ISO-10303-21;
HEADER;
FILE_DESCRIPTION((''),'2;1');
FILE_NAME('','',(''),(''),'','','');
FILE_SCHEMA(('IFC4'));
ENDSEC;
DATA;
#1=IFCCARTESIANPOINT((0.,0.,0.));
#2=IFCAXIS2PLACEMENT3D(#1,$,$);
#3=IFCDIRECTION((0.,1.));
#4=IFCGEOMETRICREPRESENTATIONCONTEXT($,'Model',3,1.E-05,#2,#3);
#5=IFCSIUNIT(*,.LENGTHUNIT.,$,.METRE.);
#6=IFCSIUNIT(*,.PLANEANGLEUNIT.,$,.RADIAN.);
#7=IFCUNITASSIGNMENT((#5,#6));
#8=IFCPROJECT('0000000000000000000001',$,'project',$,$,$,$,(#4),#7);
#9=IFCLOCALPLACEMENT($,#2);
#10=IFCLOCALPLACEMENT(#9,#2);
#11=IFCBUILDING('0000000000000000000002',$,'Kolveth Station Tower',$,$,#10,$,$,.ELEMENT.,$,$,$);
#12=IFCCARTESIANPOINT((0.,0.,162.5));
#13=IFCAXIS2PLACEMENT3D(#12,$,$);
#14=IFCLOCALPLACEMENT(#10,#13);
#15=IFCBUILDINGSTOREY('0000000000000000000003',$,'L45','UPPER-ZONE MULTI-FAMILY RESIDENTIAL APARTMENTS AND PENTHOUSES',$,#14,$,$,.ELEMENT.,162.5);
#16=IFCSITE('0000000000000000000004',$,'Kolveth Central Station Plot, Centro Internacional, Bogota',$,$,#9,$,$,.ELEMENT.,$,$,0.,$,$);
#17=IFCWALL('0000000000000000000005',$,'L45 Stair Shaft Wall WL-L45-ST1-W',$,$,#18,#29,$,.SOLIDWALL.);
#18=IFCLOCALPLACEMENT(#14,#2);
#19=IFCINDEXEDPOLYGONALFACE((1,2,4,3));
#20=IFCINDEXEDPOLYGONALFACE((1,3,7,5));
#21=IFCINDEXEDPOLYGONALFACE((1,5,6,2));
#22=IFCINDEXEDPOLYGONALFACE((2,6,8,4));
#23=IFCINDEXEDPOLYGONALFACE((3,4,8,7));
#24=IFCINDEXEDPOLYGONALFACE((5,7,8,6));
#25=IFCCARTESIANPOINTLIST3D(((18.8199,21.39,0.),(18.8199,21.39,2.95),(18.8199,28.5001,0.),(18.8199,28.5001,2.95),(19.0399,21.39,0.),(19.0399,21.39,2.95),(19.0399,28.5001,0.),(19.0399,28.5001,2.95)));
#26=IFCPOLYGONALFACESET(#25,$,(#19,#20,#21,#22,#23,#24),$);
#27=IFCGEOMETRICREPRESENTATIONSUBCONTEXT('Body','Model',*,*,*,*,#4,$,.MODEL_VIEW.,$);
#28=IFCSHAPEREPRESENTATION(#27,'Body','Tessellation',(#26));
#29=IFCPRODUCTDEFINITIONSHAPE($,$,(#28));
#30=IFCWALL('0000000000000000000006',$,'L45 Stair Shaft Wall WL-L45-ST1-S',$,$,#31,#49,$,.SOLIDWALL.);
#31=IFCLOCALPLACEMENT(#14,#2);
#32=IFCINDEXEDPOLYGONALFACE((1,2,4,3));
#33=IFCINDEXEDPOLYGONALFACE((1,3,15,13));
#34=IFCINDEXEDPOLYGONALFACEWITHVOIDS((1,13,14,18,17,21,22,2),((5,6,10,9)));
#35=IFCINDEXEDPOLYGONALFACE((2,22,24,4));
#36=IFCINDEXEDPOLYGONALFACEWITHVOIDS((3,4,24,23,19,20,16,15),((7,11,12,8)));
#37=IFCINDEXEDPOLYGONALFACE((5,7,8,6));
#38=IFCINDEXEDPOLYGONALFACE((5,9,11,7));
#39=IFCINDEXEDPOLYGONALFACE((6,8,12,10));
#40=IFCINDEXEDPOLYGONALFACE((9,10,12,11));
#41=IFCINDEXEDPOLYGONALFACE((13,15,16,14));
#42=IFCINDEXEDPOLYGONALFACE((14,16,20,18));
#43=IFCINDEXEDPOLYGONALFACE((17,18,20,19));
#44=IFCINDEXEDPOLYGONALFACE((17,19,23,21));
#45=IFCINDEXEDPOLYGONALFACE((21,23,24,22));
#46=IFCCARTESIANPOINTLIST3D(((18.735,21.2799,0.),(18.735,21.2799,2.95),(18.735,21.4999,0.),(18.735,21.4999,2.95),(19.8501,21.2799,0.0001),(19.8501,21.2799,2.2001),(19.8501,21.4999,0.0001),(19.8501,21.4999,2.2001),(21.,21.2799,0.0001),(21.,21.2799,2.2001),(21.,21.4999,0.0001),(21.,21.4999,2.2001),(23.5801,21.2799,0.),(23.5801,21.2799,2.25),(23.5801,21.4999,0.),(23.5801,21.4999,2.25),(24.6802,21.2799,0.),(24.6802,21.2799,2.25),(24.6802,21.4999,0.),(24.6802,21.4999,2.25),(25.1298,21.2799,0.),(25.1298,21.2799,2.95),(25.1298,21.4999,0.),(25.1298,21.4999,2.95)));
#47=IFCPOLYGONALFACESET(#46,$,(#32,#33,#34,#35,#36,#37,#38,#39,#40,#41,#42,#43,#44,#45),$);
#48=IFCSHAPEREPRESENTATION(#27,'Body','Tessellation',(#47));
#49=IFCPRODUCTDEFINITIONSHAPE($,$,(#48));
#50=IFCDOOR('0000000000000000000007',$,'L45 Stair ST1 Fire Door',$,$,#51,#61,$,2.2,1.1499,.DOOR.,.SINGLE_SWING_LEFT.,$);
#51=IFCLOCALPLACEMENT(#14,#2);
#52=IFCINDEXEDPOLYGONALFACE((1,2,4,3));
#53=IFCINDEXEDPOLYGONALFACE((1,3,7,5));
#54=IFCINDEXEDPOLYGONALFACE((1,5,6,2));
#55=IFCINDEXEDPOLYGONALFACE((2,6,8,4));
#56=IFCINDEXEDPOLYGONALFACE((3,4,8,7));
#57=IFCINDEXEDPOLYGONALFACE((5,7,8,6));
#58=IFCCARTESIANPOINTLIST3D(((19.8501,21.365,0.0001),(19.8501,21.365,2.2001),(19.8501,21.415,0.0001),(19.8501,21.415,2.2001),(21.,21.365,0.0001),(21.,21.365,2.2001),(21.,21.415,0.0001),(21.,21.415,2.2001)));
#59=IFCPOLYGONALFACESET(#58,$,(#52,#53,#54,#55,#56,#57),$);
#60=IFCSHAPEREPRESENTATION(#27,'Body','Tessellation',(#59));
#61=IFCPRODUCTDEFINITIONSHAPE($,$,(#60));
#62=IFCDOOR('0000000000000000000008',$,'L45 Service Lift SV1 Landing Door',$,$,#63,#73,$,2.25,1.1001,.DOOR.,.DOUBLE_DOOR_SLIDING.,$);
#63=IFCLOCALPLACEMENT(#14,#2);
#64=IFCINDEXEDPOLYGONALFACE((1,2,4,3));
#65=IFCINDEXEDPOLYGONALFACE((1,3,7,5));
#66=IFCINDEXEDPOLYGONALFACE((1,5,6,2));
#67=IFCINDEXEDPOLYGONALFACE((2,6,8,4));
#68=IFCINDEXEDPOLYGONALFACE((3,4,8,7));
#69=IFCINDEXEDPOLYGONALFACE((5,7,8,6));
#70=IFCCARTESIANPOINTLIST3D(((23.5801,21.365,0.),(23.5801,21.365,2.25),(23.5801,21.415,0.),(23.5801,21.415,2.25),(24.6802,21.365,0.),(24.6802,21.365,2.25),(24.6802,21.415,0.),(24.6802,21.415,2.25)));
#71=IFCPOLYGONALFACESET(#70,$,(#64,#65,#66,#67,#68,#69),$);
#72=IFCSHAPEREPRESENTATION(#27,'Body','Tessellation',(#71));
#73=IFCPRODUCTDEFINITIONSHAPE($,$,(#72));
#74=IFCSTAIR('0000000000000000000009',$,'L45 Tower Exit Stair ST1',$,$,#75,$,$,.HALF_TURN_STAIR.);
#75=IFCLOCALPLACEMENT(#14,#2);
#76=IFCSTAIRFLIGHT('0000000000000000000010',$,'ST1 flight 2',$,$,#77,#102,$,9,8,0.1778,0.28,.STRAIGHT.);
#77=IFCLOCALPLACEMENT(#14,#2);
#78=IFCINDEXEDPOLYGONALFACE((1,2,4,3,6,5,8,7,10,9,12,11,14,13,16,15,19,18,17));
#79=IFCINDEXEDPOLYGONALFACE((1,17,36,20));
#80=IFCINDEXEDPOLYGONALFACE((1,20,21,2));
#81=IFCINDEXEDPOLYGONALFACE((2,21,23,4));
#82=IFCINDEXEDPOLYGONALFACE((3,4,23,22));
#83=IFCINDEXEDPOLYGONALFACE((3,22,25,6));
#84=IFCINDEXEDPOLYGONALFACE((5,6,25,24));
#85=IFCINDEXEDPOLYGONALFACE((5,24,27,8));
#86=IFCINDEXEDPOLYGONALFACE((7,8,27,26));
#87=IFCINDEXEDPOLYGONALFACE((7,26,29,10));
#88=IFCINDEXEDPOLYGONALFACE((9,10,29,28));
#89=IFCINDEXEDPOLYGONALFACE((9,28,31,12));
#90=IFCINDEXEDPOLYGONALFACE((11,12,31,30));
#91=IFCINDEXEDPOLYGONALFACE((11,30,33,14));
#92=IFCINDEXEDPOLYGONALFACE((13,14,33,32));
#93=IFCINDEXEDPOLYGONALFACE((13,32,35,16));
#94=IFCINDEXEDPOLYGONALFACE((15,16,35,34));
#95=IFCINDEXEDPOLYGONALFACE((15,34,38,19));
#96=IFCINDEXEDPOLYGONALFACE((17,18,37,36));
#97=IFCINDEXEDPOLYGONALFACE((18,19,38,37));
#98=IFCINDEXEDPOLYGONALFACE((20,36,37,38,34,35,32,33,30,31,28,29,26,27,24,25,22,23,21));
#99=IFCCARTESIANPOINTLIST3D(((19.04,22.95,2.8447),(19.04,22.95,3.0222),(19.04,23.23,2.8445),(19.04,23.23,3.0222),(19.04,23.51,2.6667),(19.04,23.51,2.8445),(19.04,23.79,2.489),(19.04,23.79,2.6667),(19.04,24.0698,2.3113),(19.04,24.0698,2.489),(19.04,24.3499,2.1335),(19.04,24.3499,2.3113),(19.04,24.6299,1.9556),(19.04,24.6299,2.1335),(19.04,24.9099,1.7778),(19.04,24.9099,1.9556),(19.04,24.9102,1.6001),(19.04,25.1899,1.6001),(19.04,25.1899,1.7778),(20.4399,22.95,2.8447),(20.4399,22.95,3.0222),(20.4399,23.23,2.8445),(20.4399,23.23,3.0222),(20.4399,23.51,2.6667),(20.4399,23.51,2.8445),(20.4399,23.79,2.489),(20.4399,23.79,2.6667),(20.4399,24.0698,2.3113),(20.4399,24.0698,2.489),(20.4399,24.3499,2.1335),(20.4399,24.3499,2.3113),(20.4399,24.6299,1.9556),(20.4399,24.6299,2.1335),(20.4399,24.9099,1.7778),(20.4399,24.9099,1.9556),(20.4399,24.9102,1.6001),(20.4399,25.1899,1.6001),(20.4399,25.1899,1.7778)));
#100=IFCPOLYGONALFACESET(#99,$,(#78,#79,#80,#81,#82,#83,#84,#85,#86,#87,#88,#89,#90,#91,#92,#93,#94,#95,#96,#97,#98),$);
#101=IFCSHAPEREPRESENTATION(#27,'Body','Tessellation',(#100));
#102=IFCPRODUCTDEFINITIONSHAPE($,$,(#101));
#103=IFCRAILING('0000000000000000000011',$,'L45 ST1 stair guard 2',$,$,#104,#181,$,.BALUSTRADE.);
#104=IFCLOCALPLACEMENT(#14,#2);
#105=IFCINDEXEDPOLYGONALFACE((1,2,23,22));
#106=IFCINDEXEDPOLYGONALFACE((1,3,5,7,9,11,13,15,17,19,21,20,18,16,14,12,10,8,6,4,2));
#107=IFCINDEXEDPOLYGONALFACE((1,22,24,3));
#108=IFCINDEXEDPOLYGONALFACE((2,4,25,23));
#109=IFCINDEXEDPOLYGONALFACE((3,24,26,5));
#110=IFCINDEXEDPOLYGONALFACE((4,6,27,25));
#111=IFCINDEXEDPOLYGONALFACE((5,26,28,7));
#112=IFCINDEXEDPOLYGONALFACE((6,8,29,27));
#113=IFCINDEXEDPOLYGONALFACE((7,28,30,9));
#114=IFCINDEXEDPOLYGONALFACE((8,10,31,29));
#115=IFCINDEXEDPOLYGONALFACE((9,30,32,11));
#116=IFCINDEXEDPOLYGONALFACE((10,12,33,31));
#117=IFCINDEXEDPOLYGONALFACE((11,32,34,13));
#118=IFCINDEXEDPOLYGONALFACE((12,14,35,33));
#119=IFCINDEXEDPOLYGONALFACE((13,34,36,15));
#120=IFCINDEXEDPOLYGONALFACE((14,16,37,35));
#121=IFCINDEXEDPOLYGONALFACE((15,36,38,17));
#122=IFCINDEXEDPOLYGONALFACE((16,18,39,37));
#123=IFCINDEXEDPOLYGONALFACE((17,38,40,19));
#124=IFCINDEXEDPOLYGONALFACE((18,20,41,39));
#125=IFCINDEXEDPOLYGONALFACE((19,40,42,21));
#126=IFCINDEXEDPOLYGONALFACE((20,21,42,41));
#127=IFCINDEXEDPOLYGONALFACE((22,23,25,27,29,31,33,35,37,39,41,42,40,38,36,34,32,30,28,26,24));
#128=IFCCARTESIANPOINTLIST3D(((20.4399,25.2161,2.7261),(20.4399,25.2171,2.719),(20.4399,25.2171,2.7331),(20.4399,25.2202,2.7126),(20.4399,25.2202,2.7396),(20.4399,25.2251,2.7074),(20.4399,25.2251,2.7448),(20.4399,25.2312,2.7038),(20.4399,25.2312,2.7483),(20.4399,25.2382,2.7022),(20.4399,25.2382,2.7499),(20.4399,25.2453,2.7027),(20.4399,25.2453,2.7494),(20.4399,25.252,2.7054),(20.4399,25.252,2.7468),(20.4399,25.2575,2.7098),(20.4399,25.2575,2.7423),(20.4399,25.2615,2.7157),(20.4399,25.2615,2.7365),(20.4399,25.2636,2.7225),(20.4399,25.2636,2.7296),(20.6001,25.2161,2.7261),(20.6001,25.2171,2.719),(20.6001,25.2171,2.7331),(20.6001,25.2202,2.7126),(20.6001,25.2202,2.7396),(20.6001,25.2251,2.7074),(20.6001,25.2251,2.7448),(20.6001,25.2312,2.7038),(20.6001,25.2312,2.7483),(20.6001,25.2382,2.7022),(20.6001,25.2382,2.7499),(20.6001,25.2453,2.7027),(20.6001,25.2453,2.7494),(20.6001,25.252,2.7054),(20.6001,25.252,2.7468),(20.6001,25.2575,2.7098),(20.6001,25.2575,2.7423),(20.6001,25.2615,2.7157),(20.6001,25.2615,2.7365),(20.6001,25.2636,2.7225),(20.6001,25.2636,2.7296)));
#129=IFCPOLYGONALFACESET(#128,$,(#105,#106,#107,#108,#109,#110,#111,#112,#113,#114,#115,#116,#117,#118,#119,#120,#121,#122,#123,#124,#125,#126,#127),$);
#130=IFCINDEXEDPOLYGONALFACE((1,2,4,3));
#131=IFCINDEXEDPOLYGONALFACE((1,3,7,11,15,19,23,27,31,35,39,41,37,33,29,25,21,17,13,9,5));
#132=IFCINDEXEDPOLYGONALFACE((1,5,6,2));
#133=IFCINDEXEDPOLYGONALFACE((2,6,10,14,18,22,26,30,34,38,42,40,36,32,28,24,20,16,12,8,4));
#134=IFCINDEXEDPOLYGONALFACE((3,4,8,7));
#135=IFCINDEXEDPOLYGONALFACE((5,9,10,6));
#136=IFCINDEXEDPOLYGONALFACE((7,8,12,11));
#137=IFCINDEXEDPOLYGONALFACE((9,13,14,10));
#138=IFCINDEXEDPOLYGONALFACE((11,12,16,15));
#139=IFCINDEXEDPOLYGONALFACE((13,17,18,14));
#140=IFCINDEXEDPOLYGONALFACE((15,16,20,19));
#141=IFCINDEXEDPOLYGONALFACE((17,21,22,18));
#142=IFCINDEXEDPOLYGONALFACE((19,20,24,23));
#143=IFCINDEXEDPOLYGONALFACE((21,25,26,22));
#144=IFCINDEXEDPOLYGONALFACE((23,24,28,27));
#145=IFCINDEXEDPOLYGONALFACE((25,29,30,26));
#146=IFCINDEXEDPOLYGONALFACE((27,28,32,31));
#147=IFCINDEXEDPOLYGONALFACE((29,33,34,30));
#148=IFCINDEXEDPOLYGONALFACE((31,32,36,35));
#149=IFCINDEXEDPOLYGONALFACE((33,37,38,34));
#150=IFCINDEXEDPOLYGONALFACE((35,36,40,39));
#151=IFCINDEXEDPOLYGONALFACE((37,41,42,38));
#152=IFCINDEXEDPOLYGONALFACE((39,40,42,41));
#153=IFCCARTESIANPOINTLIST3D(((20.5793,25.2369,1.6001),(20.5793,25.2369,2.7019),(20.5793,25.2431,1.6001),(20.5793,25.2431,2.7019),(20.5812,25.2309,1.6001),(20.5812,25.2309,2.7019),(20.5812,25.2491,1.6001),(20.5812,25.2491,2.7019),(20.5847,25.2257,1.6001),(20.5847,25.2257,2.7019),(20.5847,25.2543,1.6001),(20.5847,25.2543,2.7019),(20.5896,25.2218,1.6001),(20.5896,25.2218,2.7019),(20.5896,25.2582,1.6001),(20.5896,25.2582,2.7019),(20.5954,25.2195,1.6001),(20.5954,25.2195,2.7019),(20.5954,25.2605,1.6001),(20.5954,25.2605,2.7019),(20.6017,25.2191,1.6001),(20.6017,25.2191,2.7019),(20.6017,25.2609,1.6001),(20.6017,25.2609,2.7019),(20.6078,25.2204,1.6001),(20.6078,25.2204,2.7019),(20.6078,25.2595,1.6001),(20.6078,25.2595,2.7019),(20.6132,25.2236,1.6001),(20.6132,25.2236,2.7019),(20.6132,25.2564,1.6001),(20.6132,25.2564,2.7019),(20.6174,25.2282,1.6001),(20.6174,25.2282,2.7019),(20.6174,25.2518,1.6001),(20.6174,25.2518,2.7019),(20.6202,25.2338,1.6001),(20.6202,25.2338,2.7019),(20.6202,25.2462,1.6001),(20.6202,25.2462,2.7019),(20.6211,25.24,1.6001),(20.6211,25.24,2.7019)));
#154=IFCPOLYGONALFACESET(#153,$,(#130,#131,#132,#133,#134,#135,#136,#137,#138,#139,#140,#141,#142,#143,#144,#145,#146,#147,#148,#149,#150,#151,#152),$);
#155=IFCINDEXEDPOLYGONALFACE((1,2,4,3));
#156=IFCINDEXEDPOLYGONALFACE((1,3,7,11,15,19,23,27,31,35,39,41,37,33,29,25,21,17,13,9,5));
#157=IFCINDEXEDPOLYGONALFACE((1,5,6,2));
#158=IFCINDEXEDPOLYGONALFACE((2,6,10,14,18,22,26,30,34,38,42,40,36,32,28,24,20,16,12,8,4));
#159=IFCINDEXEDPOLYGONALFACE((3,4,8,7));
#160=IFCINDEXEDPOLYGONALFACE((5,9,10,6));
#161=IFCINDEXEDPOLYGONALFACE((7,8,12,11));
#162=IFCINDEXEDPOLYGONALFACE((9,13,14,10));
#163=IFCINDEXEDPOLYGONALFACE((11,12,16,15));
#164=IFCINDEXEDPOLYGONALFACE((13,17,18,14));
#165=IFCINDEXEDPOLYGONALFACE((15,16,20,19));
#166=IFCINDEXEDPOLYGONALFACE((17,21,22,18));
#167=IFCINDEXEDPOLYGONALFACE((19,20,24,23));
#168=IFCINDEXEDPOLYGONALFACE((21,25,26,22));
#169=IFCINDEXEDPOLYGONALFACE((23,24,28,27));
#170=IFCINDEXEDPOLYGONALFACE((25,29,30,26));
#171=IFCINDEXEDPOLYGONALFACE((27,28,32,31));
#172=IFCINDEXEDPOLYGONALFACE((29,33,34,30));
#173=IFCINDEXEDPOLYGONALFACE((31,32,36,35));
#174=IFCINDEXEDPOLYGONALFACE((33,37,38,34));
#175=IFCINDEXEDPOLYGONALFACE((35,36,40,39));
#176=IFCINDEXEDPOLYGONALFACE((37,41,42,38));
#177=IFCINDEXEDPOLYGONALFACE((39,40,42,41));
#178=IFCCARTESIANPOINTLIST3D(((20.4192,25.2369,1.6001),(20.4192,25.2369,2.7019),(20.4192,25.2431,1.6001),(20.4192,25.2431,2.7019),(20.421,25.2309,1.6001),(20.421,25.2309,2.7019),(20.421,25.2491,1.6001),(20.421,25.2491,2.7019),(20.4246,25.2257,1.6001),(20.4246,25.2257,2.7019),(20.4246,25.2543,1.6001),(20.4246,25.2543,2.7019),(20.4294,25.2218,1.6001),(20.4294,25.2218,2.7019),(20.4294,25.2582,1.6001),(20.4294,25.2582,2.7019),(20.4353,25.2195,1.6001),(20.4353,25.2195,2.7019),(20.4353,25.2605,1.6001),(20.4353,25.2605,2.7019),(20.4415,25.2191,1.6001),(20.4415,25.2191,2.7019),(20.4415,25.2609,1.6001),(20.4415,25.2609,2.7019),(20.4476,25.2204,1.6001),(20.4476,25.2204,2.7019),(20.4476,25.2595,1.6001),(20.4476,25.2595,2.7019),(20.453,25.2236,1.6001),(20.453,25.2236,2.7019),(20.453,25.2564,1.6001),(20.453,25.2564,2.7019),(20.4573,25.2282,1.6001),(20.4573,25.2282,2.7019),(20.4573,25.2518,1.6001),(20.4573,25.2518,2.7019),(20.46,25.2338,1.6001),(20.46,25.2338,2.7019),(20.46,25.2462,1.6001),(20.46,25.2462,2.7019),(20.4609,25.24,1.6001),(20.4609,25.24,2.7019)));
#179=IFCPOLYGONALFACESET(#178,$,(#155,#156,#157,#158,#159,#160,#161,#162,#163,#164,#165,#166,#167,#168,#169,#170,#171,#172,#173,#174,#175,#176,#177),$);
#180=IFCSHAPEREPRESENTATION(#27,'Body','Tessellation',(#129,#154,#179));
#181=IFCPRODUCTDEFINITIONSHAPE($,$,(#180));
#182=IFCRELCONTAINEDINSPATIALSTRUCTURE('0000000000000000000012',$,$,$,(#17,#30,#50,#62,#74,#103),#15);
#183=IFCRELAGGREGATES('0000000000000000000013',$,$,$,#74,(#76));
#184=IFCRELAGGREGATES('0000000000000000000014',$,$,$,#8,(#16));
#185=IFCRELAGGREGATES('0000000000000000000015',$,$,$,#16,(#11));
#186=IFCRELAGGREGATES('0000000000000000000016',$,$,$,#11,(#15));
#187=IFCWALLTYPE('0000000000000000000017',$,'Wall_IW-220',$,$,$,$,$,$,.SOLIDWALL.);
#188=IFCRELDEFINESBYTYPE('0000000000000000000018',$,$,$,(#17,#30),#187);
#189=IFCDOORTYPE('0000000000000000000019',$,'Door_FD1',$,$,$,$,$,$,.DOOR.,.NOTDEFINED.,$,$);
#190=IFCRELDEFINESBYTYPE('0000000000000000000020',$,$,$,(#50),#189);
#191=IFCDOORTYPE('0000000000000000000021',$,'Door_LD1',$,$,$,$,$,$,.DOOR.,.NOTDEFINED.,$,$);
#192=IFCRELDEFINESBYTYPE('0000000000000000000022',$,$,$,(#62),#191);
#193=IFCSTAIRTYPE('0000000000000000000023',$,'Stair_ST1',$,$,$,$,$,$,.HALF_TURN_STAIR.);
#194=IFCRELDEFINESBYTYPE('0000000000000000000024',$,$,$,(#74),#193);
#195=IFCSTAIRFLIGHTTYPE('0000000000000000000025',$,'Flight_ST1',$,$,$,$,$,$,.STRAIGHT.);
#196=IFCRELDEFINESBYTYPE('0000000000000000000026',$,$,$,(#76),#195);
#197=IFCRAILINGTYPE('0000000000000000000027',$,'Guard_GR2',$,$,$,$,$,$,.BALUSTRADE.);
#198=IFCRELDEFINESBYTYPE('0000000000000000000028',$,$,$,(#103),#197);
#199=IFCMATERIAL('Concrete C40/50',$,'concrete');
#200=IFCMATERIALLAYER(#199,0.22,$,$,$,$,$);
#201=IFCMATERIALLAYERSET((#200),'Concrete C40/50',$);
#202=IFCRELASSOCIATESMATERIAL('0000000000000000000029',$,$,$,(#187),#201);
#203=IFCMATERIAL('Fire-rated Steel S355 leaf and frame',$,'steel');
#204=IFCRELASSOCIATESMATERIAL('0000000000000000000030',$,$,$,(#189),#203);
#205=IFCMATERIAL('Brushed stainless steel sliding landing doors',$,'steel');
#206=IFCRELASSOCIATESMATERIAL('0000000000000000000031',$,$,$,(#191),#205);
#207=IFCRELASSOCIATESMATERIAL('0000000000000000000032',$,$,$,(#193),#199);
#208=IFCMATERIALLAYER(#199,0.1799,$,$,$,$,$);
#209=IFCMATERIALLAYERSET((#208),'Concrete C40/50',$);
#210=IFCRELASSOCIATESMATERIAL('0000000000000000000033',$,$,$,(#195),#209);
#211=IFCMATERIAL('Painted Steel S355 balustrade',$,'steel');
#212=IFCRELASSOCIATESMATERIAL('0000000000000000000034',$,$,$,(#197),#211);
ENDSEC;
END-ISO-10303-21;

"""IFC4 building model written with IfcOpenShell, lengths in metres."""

from ifc_helpers import new_model, si_unit, direction, frame, frame_2d, origin, origin_2d, place, context, subcontext, project, spatial, polyline, rectangle, circle, outline, extrude, material, layer, layer_set, type_object, element, fill, aggregate, save


model = new_model("IFC4")

# Units and contexts
model_context = context("Model", 3, precision=1e-05, world=origin(), true_north=direction((0.0, 1.0)))
body_context = subcontext(model_context, "Body", "Model", "MODEL_VIEW")
ifc_project = project(units=[si_unit("LENGTHUNIT", "METRE"), si_unit("PLANEANGLEUNIT", "RADIAN")], contexts=[model_context])

# Site, building, storey
site_placement = place(None, origin())
site = spatial("IfcSite", under=ifc_project, at=site_placement, Name="Kolveth Central Station Plot, Centro Internacional, Bogota", CompositionType="ELEMENT", RefElevation=0.0)
building_placement = place(site_placement, origin())
building = spatial("IfcBuilding", under=site, at=building_placement, Name="Kolveth Station Tower", CompositionType="ELEMENT")
storey_placement = place(building_placement, frame((0.0, 0.0, 162.5)))
storey = spatial("IfcBuildingStorey", under=building, at=storey_placement, Name="L45", Description="UPPER-ZONE MULTI-FAMILY RESIDENTIAL APARTMENTS AND PENTHOUSES", CompositionType="ELEMENT", Elevation=162.5)

# Wall
ifc_material_1 = material(Name="Concrete C40/50", Category="concrete")
ifc_layer_1 = layer(ifc_material_1, 0.22)
ifc_layer_set_1 = layer_set([ifc_layer_1], Name="Concrete C40/50")
wall_type_1 = type_object("IfcWallType", Name="Wall_IW-220", PredefinedType="SOLIDWALL", material=ifc_layer_set_1)
wall_1_placement = place(storey_placement, frame((18.9299, 21.3899, 0.0), z_axis=(0.0, 0.0, 1.0), x_axis=(0.0, 1.0, 0.0)))
element("IfcWall", 1, at=wall_1_placement, inside=storey, type_object=wall_type_1, Name="L45 Stair Shaft Wall WL-L45-ST1-W", PredefinedType="SOLIDWALL", context=body_context, shape_type="SweptSolid", body=[
    extrude(rectangle(XDim=7.1101, YDim=0.22, at=frame_2d((3.5552, 0.0))), origin(), (0.0, 0.0, 1.0), 2.95),
])

# Wall, openings, doors
wall_2_placement = place(storey_placement, frame((18.7351, 21.3899, 0.0), z_axis=(0.0, 0.0, 1.0), x_axis=(1.0, 0.0, 0.0)))
wall_2 = element("IfcWall", 2, at=wall_2_placement, inside=storey, type_object=wall_type_1, Name="L45 Stair Shaft Wall WL-L45-ST1-S", PredefinedType="SOLIDWALL", context=body_context, shape_type="SweptSolid", body=[
    extrude(rectangle(XDim=6.3948, YDim=0.22, at=frame_2d((3.1973, 0.0))), origin(), (0.0, 0.0, 1.0), 2.95),
])
opening_1_placement = place(wall_2_placement, frame((1.115, 0.0, 0.0)))
opening_1 = element("IfcOpeningElement", 3, at=opening_1_placement, cuts=wall_2, PredefinedType="OPENING", context=body_context, shape_type="SweptSolid", body=[
    extrude(rectangle(XDim=1.1499, YDim=2.2, at=frame_2d((0.575, 1.1001))), frame((0.0, 0.1199, 0.0), z_axis=(0.0, -1.0, 0.0), x_axis=(1.0, 0.0, 0.0)), (0.0, 0.0, 1.0), 0.24),
])
opening_2_placement = place(wall_2_placement, frame((4.845, 0.0, 0.0)))
opening_2 = element("IfcOpeningElement", 4, at=opening_2_placement, cuts=wall_2, PredefinedType="OPENING", context=body_context, shape_type="SweptSolid", body=[
    extrude(rectangle(XDim=1.1001, YDim=2.25, at=frame_2d((0.55, 1.125))), frame((0.0, 0.1199, 0.0), z_axis=(0.0, -1.0, 0.0), x_axis=(1.0, 0.0, 0.0)), (0.0, 0.0, 1.0), 0.24),
])
ifc_material_2 = material(Name="Fire-rated Steel S355 leaf and frame", Category="steel")
door_type_1 = type_object("IfcDoorType", Name="Door_FD1", OperationType="NOTDEFINED", PredefinedType="DOOR", material=ifc_material_2)
door_1_placement = place(opening_1_placement, frame((1.1499, 0.0, 0.0), z_axis=(0.0, 0.0, 1.0), x_axis=(-1.0, 0.0, 0.0)))
door_1 = element("IfcDoor", 5, at=door_1_placement, inside=storey, type_object=door_type_1, Name="L45 Stair ST1 Fire Door", OperationType="SINGLE_SWING_LEFT", OverallHeight=2.2, OverallWidth=1.1499, PredefinedType="DOOR", context=body_context, shape_type="SweptSolid", body=[
    extrude(rectangle(XDim=1.1499, YDim=2.2, at=frame_2d((0.575, 1.1001))), frame((0.0, 0.0249, 0.0), z_axis=(0.0, -1.0, 0.0), x_axis=(1.0, 0.0, 0.0)), (0.0, 0.0, 1.0), 0.05),
])
fill(opening_1, door_1)
ifc_material_3 = material(Name="Brushed stainless steel sliding landing doors", Category="steel")
door_type_2 = type_object("IfcDoorType", Name="Door_LD1", OperationType="NOTDEFINED", PredefinedType="DOOR", material=ifc_material_3)
door_2_placement = place(opening_2_placement, frame((1.1001, 0.0, 0.0), z_axis=(0.0, 0.0, 1.0), x_axis=(-1.0, 0.0, 0.0)))
door_2 = element("IfcDoor", 6, at=door_2_placement, inside=storey, type_object=door_type_2, Name="L45 Service Lift SV1 Landing Door", OperationType="DOUBLE_DOOR_SLIDING", OverallHeight=2.25, OverallWidth=1.1001, PredefinedType="DOOR", context=body_context, shape_type="SweptSolid", body=[
    extrude(rectangle(XDim=1.1001, YDim=2.25, at=frame_2d((0.55, 1.125))), frame((0.0, 0.0249, 0.0), z_axis=(0.0, -1.0, 0.0), x_axis=(1.0, 0.0, 0.0)), (0.0, 0.0, 1.0), 0.05),
])
fill(opening_2, door_2)

# Stair, stair flight
stair_type = type_object("IfcStairType", Name="Stair_ST1", PredefinedType="HALF_TURN_STAIR", material=ifc_material_1)
stair_placement = place(storey_placement, origin())
stair = element("IfcStair", 7, at=stair_placement, inside=storey, type_object=stair_type, Name="L45 Tower Exit Stair ST1", PredefinedType="HALF_TURN_STAIR")
ifc_layer_2 = layer(ifc_material_1, 0.1799)
ifc_layer_set_2 = layer_set([ifc_layer_2], Name="Concrete C40/50")
stair_flight_type = type_object("IfcStairFlightType", Name="Flight_ST1", PredefinedType="STRAIGHT", material=ifc_layer_set_2)
stair_flight_placement = place(storey_placement, frame((19.74, 25.1899, 1.6001), z_axis=(0.0, 0.0, 1.0), x_axis=(0.0, -1.0, 0.0)))
stair_flight = element("IfcStairFlight", 8, at=stair_flight_placement, type_object=stair_flight_type, Name="ST1 flight 2", NumberOfRisers=9, NumberOfTreads=8, PredefinedType="STRAIGHT", RiserHeight=0.1778, TreadLength=0.28, context=body_context, shape_type="SweptSolid", body=[
    extrude(outline(polyline([(0.0, 0.0), (0.0, 0.1777), (0.28, 0.1777), (0.28, 0.3555), (0.5601, 0.3555), (0.5601, 0.5334), (0.8401, 0.5334), (0.8401, 0.7112), (1.1201, 0.7112), (1.1201, 0.8889), (1.3999, 0.8889), (1.3999, 1.0667), (1.6799, 1.0667), (1.6799, 1.2444), (1.96, 1.2444), (1.96, 1.4221), (2.24, 1.4221), (2.24, 1.6001), (2.24, 1.2446), (0.2798, 0.0), (0.0, 0.0)])), frame((0.0, 0.7, 0.0), z_axis=(0.0, -1.0, 0.0), x_axis=(1.0, 0.0, 0.0)), (0.0, 0.0, 1.0), 1.3999),
])
aggregate(stair, [stair_flight])

# Railing
ifc_material_4 = material(Name="Painted Steel S355 balustrade", Category="steel")
railing_type_1 = type_object("IfcRailingType", Name="Guard_GR2", PredefinedType="BALUSTRADE", material=ifc_material_4)
railing_1_placement = place(storey_placement, frame((20.6001, 25.24, 1.6001)))
element("IfcRailing", 9, at=railing_1_placement, inside=storey, type_object=railing_type_1, Name="L45 ST1 stair guard 2", PredefinedType="BALUSTRADE", context=body_context, shape_type="SweptSolid", body=[
    extrude(circle(Radius=0.0239, at=origin_2d()), frame((0.0, 0.0, 1.126), z_axis=(-1.0, 0.0, 0.0), x_axis=(0.0, -1.0, 0.0)), (0.0, 0.0, 1.0), 0.1602),
    extrude(circle(Radius=0.021, at=origin_2d()), origin(), (0.0, 0.0, 1.0), 1.1018),
    extrude(circle(Radius=0.021, at=origin_2d()), frame((-0.1602, 0.0, 0.0)), (0.0, 0.0, 1.0), 1.1018),
])

save(model, "model.ifc")
